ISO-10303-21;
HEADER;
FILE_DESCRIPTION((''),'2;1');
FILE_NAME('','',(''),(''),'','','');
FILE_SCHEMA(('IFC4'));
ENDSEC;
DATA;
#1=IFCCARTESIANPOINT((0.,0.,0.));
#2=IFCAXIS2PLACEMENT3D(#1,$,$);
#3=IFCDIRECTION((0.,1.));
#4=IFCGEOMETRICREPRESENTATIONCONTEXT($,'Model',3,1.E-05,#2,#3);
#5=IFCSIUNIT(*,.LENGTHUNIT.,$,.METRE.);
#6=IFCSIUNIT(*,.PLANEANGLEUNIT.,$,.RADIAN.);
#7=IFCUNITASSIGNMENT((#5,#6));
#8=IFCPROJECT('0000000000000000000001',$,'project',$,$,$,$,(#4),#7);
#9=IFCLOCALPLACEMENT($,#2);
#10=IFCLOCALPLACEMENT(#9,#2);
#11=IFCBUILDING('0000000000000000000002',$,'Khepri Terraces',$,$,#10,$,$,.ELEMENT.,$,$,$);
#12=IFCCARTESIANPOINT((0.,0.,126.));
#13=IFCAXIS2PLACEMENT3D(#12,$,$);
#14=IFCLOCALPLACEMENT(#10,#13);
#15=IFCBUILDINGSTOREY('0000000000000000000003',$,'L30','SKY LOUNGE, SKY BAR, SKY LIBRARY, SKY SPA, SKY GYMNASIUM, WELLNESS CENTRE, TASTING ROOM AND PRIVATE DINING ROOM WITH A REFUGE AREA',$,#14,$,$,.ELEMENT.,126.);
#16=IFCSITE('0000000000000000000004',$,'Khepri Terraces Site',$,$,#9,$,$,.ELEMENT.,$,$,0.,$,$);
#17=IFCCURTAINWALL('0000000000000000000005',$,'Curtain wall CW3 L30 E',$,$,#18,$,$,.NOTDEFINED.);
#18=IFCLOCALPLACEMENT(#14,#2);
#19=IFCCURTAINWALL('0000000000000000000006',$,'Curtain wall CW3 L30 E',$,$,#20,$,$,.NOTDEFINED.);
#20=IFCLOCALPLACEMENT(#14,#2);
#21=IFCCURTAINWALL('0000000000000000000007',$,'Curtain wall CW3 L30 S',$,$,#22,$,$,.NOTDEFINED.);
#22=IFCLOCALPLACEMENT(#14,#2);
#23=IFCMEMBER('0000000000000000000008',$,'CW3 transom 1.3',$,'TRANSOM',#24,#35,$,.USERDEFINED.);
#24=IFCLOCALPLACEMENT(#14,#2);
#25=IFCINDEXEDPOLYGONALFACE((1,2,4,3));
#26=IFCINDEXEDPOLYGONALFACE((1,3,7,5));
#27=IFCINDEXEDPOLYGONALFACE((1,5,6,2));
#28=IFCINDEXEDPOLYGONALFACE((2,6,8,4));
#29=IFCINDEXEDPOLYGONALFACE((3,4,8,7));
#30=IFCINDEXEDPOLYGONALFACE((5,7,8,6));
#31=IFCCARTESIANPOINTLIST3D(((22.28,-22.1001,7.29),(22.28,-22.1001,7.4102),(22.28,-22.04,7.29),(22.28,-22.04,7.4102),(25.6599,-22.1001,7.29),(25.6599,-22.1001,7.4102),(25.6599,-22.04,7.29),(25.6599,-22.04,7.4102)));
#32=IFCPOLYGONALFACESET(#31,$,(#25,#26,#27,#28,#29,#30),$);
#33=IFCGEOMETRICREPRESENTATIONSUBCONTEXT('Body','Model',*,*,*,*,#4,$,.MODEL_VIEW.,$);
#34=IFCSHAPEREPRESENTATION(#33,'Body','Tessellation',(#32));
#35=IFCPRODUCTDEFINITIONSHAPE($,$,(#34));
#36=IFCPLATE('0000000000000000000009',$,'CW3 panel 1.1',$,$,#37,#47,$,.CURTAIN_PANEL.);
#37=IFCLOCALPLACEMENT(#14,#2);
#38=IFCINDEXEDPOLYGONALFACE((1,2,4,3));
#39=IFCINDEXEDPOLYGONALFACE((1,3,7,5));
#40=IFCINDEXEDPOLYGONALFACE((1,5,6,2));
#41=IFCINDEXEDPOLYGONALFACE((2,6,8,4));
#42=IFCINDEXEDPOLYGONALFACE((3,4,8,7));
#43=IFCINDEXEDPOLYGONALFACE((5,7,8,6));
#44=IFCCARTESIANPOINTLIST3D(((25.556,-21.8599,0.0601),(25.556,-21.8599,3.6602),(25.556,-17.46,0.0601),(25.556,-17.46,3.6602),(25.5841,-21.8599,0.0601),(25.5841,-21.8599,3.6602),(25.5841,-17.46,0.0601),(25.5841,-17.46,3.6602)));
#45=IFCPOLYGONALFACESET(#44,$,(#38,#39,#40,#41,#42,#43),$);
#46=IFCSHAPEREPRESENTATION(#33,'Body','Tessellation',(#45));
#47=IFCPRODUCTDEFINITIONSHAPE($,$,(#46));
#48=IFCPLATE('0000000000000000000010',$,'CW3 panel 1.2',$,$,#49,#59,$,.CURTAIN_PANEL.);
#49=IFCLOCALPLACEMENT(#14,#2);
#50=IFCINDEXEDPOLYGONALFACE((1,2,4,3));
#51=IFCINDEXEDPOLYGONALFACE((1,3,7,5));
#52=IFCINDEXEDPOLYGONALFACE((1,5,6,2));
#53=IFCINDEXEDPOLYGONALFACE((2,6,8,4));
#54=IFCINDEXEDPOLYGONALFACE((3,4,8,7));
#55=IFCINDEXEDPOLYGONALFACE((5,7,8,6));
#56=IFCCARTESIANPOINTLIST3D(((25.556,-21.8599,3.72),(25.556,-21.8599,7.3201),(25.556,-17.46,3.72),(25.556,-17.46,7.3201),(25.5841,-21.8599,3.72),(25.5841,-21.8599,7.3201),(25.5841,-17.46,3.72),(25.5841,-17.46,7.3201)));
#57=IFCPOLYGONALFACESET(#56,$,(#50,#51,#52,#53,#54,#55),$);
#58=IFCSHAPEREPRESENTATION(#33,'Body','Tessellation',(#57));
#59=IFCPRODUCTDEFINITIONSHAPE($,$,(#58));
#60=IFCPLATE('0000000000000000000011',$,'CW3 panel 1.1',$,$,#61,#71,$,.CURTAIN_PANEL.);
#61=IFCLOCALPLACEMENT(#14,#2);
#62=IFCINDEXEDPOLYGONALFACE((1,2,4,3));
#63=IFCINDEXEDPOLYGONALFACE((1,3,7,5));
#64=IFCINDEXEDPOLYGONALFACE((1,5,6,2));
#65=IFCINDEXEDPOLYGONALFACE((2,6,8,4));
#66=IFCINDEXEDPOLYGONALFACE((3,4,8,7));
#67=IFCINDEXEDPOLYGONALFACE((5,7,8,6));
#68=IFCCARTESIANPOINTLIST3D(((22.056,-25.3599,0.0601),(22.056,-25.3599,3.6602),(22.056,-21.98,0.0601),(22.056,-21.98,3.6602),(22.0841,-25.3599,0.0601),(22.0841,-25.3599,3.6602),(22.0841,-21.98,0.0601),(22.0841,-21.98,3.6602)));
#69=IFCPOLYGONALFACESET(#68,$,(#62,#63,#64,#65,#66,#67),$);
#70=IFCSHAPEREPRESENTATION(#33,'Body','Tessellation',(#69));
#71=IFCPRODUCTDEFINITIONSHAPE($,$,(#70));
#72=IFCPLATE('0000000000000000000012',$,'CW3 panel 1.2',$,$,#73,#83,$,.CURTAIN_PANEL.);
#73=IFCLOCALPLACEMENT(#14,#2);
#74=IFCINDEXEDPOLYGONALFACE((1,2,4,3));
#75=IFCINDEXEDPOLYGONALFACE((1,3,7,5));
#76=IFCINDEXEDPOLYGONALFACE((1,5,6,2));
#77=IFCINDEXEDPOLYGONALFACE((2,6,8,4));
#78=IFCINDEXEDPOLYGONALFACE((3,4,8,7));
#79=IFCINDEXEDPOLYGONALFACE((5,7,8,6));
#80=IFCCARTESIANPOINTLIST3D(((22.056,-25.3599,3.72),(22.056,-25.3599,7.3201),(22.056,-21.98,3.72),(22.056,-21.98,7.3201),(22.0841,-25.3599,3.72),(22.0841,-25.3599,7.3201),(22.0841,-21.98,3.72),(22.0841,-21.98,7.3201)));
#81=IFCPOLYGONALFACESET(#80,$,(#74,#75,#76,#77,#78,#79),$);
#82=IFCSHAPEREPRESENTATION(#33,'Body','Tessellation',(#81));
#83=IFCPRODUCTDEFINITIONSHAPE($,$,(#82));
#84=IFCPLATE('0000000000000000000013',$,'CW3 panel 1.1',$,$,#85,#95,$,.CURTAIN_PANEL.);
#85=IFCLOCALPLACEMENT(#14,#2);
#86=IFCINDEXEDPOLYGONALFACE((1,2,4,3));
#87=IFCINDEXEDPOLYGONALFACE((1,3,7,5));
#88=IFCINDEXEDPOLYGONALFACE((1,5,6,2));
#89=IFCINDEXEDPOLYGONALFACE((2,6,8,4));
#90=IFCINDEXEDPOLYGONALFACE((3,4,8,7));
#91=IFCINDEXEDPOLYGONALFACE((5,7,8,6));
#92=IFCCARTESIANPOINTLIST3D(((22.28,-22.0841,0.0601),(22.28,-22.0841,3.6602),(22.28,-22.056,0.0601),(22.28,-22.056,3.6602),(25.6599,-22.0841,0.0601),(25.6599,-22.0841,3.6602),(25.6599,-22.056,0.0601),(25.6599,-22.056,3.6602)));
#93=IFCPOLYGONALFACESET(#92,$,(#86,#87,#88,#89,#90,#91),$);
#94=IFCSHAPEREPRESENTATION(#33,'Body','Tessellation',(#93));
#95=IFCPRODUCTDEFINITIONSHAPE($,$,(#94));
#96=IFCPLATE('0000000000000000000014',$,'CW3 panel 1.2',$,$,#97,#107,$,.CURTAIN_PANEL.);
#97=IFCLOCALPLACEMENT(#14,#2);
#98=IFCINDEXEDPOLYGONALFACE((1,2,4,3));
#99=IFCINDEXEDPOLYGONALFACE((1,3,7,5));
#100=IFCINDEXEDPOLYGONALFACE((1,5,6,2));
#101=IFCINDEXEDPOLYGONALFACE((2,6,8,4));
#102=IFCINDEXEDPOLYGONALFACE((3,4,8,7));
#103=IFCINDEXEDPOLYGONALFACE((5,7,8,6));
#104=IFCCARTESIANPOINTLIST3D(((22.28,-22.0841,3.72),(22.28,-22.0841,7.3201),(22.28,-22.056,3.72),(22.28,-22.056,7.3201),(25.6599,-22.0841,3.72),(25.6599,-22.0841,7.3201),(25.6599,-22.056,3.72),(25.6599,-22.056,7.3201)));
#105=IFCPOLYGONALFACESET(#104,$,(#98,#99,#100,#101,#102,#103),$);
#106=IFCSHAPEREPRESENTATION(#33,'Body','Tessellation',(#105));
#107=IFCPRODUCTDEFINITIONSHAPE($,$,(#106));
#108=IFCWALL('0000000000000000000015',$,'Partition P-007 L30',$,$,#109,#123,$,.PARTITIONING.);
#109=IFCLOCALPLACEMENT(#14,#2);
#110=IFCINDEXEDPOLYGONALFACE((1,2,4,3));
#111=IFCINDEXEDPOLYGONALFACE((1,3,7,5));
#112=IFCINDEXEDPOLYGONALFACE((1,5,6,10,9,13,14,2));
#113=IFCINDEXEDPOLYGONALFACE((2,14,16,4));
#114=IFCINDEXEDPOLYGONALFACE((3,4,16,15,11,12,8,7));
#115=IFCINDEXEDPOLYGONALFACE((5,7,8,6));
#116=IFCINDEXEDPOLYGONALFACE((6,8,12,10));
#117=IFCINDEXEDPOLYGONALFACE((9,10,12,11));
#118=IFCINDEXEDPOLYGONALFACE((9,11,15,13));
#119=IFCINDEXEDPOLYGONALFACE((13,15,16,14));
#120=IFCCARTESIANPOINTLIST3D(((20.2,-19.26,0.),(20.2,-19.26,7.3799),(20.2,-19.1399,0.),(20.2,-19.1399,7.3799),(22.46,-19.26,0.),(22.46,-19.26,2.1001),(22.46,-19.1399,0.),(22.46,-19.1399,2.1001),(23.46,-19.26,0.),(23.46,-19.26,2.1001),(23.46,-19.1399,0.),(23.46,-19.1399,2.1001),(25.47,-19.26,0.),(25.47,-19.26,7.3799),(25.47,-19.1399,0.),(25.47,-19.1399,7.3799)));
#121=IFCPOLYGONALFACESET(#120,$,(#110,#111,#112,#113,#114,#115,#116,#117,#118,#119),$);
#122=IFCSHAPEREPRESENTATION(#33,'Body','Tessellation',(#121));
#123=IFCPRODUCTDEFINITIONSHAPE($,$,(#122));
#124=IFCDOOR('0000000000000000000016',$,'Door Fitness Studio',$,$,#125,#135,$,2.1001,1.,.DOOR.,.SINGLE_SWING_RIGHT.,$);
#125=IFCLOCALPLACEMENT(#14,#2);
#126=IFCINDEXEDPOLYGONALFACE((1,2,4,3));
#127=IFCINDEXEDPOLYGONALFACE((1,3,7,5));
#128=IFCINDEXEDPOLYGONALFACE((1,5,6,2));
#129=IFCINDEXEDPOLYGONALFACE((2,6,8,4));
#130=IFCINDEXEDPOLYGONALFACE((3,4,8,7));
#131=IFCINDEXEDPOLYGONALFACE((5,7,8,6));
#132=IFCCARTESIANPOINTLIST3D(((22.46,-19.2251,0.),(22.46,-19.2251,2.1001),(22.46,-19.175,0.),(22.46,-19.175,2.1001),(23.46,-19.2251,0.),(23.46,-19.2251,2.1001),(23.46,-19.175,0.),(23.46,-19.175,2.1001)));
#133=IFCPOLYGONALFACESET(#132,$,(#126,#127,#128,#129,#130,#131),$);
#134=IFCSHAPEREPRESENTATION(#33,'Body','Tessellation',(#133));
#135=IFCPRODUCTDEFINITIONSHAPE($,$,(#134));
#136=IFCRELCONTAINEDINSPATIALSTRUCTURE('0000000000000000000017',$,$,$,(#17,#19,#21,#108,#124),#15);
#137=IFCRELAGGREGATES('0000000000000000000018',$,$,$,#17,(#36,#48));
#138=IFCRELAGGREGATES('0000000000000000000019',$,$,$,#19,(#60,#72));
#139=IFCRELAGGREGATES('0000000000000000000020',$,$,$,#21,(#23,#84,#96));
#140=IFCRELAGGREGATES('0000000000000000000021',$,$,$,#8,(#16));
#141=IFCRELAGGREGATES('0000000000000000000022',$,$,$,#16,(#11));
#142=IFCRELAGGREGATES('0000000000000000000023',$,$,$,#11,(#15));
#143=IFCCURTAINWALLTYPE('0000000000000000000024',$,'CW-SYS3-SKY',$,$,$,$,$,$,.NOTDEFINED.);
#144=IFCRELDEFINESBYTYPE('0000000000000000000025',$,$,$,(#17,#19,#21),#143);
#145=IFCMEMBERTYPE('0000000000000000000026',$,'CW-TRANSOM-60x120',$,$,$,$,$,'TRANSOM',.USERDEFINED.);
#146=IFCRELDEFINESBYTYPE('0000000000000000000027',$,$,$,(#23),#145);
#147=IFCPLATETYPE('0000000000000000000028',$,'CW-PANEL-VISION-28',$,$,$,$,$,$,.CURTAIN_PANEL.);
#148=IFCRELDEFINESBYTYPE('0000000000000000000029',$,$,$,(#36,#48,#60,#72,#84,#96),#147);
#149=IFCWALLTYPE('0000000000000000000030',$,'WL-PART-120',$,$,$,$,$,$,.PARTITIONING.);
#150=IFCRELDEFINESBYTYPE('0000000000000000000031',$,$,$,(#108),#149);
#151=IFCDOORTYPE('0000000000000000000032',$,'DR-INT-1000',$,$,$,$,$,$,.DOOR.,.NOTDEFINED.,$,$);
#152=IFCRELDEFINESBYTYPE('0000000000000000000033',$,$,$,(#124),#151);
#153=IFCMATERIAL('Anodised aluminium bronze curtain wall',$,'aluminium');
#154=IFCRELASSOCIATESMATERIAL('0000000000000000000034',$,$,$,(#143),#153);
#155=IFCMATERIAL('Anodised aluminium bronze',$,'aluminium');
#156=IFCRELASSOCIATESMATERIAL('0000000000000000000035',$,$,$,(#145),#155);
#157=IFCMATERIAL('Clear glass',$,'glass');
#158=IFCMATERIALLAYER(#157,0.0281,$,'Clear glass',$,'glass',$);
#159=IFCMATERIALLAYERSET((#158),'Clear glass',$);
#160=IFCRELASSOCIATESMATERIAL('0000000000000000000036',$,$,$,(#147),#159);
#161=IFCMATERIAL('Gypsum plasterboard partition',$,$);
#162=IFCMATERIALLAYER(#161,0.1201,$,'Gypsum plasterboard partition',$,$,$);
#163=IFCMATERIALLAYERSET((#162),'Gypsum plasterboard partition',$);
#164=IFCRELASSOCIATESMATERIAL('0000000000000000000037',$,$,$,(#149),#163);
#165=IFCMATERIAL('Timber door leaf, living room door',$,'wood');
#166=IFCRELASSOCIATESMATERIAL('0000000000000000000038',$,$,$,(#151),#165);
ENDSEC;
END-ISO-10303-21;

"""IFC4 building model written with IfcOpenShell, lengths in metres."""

from ifc_helpers import new_model, si_unit, direction, frame, frame_2d, origin, origin_2d, place, context, subcontext, project, spatial, rectangle, extrude, material, layer, layer_set, material_profile, profile_set, type_object, element, fill, aggregate, save


model = new_model("IFC4")

# Units and contexts
model_context = context("Model", 3, precision=1e-05, world=origin(), true_north=direction((0.0, 1.0)))
body_context = subcontext(model_context, "Body", "Model", "MODEL_VIEW")
ifc_project = project(units=[si_unit("LENGTHUNIT", "METRE"), si_unit("PLANEANGLEUNIT", "RADIAN")], contexts=[model_context])

# Site, building, storey
site_placement = place(None, origin())
site = spatial("IfcSite", under=ifc_project, at=site_placement, Name="Khepri Terraces Site", CompositionType="ELEMENT", RefElevation=0.0)
building_placement = place(site_placement, origin())
building = spatial("IfcBuilding", under=site, at=building_placement, Name="Khepri Terraces", CompositionType="ELEMENT")
storey_placement = place(building_placement, frame((0.0, 0.0, 126.0)))
storey = spatial("IfcBuildingStorey", under=building, at=storey_placement, Name="L30", Description="SKY LOUNGE, SKY BAR, SKY LIBRARY, SKY SPA, SKY GYMNASIUM, WELLNESS CENTRE, TASTING ROOM AND PRIVATE DINING ROOM WITH A REFUGE AREA", CompositionType="ELEMENT", Elevation=126.0)

# Curtain wall
ifc_material_1 = material(Name="Anodised aluminium bronze curtain wall", Category="aluminium")
curtain_wall_type = type_object("IfcCurtainWallType", Name="CW-SYS3-SKY", PredefinedType="NOTDEFINED", material=ifc_material_1)
curtain_wall_1_placement = place(storey_placement, origin())
curtain_wall_1 = element("IfcCurtainWall", 1, at=curtain_wall_1_placement, inside=storey, type_object=curtain_wall_type, Name="Curtain wall CW3 L30 E", PredefinedType="NOTDEFINED")
ifc_material_2 = material(Name="Anodised aluminium bronze", Category="aluminium")

# Curtain walls
curtain_wall_2_placement = place(storey_placement, origin())
curtain_wall_2 = element("IfcCurtainWall", 2, at=curtain_wall_2_placement, inside=storey, type_object=curtain_wall_type, Name="Curtain wall CW3 L30 E", PredefinedType="NOTDEFINED")
curtain_wall_3_placement = place(storey_placement, origin())
curtain_wall_3 = element("IfcCurtainWall", 3, at=curtain_wall_3_placement, inside=storey, type_object=curtain_wall_type, Name="Curtain wall CW3 L30 S", PredefinedType="NOTDEFINED")

# Member
ifc_material_profile_1 = material_profile(ifc_material_2, rectangle(XDim=0.0601, YDim=0.1201, at=origin_2d()), Name="Anodised aluminium bronze", Category="aluminium")
ifc_profile_set_1 = profile_set([ifc_material_profile_1], Name="Anodised aluminium bronze")
member_type_1 = type_object("IfcMemberType", Name="CW-TRANSOM-60x120", ElementType="TRANSOM", PredefinedType="USERDEFINED", material=ifc_profile_set_1)
member_1_placement = place(storey_placement, frame((22.28, -22.0701, 7.3501), z_axis=(1.0, 0.0, 0.0), x_axis=(0.0, 1.0, 0.0)))
member_1 = element("IfcMember", 4, at=member_1_placement, type_object=member_type_1, Name="CW3 transom 1.3", ObjectType="TRANSOM", PredefinedType="USERDEFINED", context=body_context, shape_type="SweptSolid", body=[
    extrude(rectangle(XDim=0.0601, YDim=0.1201, at=origin_2d()), origin(), (0.0, 0.0, 1.0), 3.3799),
])

# Plates
ifc_material_3 = material(Name="Clear glass", Category="glass")
ifc_layer_1 = layer(ifc_material_3, 0.0281, Name="Clear glass", Category="glass")
ifc_layer_set_1 = layer_set([ifc_layer_1], Name="Clear glass")
plate_type = type_object("IfcPlateType", Name="CW-PANEL-VISION-28", PredefinedType="CURTAIN_PANEL", material=ifc_layer_set_1)
plate_1_placement = place(storey_placement, frame((25.5701, -19.6599, 0.0601), z_axis=(0.0, 0.0, 1.0), x_axis=(0.0, 1.0, 0.0)))
plate_1 = element("IfcPlate", 5, at=plate_1_placement, type_object=plate_type, Name="CW3 panel 1.1", PredefinedType="CURTAIN_PANEL", context=body_context, shape_type="SweptSolid", body=[
    extrude(rectangle(XDim=4.3999, YDim=0.0281, at=origin_2d()), origin(), (0.0, 0.0, 1.0), 3.6001),
])
plate_2_placement = place(storey_placement, frame((25.5701, -19.6599, 3.72), z_axis=(0.0, 0.0, 1.0), x_axis=(0.0, 1.0, 0.0)))
plate_2 = element("IfcPlate", 6, at=plate_2_placement, type_object=plate_type, Name="CW3 panel 1.2", PredefinedType="CURTAIN_PANEL", context=body_context, shape_type="SweptSolid", body=[
    extrude(rectangle(XDim=4.3999, YDim=0.0281, at=origin_2d()), origin(), (0.0, 0.0, 1.0), 3.6001),
])
aggregate(curtain_wall_1, [plate_1, plate_2])
plate_3_placement = place(storey_placement, frame((22.0701, -23.6699, 0.0601), z_axis=(0.0, 0.0, 1.0), x_axis=(0.0, 1.0, 0.0)))
plate_3 = element("IfcPlate", 7, at=plate_3_placement, type_object=plate_type, Name="CW3 panel 1.1", PredefinedType="CURTAIN_PANEL", context=body_context, shape_type="SweptSolid", body=[
    extrude(rectangle(XDim=3.3799, YDim=0.0281, at=origin_2d()), origin(), (0.0, 0.0, 1.0), 3.6001),
])
plate_4_placement = place(storey_placement, frame((22.0701, -23.6699, 3.72), z_axis=(0.0, 0.0, 1.0), x_axis=(0.0, 1.0, 0.0)))
plate_4 = element("IfcPlate", 8, at=plate_4_placement, type_object=plate_type, Name="CW3 panel 1.2", PredefinedType="CURTAIN_PANEL", context=body_context, shape_type="SweptSolid", body=[
    extrude(rectangle(XDim=3.3799, YDim=0.0281, at=origin_2d()), origin(), (0.0, 0.0, 1.0), 3.6001),
])
aggregate(curtain_wall_2, [plate_3, plate_4])
plate_5_placement = place(storey_placement, frame((23.97, -22.0701, 0.0601), z_axis=(0.0, 0.0, 1.0), x_axis=(1.0, 0.0, 0.0)))
plate_5 = element("IfcPlate", 9, at=plate_5_placement, type_object=plate_type, Name="CW3 panel 1.1", PredefinedType="CURTAIN_PANEL", context=body_context, shape_type="SweptSolid", body=[
    extrude(rectangle(XDim=3.3799, YDim=0.0281, at=origin_2d()), origin(), (0.0, 0.0, 1.0), 3.6001),
])
plate_6_placement = place(storey_placement, frame((23.97, -22.0701, 3.72), z_axis=(0.0, 0.0, 1.0), x_axis=(1.0, 0.0, 0.0)))
plate_6 = element("IfcPlate", 10, at=plate_6_placement, type_object=plate_type, Name="CW3 panel 1.2", PredefinedType="CURTAIN_PANEL", context=body_context, shape_type="SweptSolid", body=[
    extrude(rectangle(XDim=3.3799, YDim=0.0281, at=origin_2d()), origin(), (0.0, 0.0, 1.0), 3.6001),
])
aggregate(curtain_wall_3, [member_1, plate_5, plate_6])

# Wall, opening, door
ifc_material_4 = material(Name="Gypsum plasterboard partition")
ifc_layer_2 = layer(ifc_material_4, 0.1201, Name="Gypsum plasterboard partition")
ifc_layer_set_2 = layer_set([ifc_layer_2], Name="Gypsum plasterboard partition")
wall_type = type_object("IfcWallType", Name="WL-PART-120", PredefinedType="PARTITIONING", material=ifc_layer_set_2)
wall_placement = place(storey_placement, frame((20.2, -19.2, 0.0), z_axis=(0.0, 0.0, 1.0), x_axis=(1.0, 0.0, 0.0)))
wall = element("IfcWall", 11, at=wall_placement, inside=storey, type_object=wall_type, Name="Partition P-007 L30", PredefinedType="PARTITIONING", context=body_context, shape_type="SweptSolid", body=[
    extrude(rectangle(XDim=5.27, YDim=0.1201, at=frame_2d((2.635, 0.0))), origin(), (0.0, 0.0, 1.0), 7.3799),
])
opening_placement = place(wall_placement, frame((2.26, 0.0, 0.0)))
opening = element("IfcOpeningElement", 12, at=opening_placement, cuts=wall, PredefinedType="OPENING", context=body_context, shape_type="SweptSolid", body=[
    extrude(rectangle(XDim=1.0, YDim=2.1001, at=frame_2d((0.5, 1.05))), frame((0.0, 0.0701, 0.0), z_axis=(0.0, -1.0, 0.0), x_axis=(1.0, 0.0, 0.0)), (0.0, 0.0, 1.0), 0.1401),
])
ifc_material_5 = material(Name="Timber door leaf, living room door", Category="wood")
door_type = type_object("IfcDoorType", Name="DR-INT-1000", OperationType="NOTDEFINED", PredefinedType="DOOR", material=ifc_material_5)
door_placement = place(opening_placement, origin())
door = element("IfcDoor", 13, at=door_placement, inside=storey, type_object=door_type, Name="Door Fitness Studio", OperationType="SINGLE_SWING_RIGHT", OverallHeight=2.1001, OverallWidth=1.0, PredefinedType="DOOR", context=body_context, shape_type="SweptSolid", body=[
    extrude(rectangle(XDim=1.0, YDim=2.1001, at=frame_2d((0.5, 1.05))), frame((0.0, 0.0249, 0.0), z_axis=(0.0, -1.0, 0.0), x_axis=(1.0, 0.0, 0.0)), (0.0, 0.0, 1.0), 0.05),
])
fill(opening, door)

save(model, "model.ifc")
